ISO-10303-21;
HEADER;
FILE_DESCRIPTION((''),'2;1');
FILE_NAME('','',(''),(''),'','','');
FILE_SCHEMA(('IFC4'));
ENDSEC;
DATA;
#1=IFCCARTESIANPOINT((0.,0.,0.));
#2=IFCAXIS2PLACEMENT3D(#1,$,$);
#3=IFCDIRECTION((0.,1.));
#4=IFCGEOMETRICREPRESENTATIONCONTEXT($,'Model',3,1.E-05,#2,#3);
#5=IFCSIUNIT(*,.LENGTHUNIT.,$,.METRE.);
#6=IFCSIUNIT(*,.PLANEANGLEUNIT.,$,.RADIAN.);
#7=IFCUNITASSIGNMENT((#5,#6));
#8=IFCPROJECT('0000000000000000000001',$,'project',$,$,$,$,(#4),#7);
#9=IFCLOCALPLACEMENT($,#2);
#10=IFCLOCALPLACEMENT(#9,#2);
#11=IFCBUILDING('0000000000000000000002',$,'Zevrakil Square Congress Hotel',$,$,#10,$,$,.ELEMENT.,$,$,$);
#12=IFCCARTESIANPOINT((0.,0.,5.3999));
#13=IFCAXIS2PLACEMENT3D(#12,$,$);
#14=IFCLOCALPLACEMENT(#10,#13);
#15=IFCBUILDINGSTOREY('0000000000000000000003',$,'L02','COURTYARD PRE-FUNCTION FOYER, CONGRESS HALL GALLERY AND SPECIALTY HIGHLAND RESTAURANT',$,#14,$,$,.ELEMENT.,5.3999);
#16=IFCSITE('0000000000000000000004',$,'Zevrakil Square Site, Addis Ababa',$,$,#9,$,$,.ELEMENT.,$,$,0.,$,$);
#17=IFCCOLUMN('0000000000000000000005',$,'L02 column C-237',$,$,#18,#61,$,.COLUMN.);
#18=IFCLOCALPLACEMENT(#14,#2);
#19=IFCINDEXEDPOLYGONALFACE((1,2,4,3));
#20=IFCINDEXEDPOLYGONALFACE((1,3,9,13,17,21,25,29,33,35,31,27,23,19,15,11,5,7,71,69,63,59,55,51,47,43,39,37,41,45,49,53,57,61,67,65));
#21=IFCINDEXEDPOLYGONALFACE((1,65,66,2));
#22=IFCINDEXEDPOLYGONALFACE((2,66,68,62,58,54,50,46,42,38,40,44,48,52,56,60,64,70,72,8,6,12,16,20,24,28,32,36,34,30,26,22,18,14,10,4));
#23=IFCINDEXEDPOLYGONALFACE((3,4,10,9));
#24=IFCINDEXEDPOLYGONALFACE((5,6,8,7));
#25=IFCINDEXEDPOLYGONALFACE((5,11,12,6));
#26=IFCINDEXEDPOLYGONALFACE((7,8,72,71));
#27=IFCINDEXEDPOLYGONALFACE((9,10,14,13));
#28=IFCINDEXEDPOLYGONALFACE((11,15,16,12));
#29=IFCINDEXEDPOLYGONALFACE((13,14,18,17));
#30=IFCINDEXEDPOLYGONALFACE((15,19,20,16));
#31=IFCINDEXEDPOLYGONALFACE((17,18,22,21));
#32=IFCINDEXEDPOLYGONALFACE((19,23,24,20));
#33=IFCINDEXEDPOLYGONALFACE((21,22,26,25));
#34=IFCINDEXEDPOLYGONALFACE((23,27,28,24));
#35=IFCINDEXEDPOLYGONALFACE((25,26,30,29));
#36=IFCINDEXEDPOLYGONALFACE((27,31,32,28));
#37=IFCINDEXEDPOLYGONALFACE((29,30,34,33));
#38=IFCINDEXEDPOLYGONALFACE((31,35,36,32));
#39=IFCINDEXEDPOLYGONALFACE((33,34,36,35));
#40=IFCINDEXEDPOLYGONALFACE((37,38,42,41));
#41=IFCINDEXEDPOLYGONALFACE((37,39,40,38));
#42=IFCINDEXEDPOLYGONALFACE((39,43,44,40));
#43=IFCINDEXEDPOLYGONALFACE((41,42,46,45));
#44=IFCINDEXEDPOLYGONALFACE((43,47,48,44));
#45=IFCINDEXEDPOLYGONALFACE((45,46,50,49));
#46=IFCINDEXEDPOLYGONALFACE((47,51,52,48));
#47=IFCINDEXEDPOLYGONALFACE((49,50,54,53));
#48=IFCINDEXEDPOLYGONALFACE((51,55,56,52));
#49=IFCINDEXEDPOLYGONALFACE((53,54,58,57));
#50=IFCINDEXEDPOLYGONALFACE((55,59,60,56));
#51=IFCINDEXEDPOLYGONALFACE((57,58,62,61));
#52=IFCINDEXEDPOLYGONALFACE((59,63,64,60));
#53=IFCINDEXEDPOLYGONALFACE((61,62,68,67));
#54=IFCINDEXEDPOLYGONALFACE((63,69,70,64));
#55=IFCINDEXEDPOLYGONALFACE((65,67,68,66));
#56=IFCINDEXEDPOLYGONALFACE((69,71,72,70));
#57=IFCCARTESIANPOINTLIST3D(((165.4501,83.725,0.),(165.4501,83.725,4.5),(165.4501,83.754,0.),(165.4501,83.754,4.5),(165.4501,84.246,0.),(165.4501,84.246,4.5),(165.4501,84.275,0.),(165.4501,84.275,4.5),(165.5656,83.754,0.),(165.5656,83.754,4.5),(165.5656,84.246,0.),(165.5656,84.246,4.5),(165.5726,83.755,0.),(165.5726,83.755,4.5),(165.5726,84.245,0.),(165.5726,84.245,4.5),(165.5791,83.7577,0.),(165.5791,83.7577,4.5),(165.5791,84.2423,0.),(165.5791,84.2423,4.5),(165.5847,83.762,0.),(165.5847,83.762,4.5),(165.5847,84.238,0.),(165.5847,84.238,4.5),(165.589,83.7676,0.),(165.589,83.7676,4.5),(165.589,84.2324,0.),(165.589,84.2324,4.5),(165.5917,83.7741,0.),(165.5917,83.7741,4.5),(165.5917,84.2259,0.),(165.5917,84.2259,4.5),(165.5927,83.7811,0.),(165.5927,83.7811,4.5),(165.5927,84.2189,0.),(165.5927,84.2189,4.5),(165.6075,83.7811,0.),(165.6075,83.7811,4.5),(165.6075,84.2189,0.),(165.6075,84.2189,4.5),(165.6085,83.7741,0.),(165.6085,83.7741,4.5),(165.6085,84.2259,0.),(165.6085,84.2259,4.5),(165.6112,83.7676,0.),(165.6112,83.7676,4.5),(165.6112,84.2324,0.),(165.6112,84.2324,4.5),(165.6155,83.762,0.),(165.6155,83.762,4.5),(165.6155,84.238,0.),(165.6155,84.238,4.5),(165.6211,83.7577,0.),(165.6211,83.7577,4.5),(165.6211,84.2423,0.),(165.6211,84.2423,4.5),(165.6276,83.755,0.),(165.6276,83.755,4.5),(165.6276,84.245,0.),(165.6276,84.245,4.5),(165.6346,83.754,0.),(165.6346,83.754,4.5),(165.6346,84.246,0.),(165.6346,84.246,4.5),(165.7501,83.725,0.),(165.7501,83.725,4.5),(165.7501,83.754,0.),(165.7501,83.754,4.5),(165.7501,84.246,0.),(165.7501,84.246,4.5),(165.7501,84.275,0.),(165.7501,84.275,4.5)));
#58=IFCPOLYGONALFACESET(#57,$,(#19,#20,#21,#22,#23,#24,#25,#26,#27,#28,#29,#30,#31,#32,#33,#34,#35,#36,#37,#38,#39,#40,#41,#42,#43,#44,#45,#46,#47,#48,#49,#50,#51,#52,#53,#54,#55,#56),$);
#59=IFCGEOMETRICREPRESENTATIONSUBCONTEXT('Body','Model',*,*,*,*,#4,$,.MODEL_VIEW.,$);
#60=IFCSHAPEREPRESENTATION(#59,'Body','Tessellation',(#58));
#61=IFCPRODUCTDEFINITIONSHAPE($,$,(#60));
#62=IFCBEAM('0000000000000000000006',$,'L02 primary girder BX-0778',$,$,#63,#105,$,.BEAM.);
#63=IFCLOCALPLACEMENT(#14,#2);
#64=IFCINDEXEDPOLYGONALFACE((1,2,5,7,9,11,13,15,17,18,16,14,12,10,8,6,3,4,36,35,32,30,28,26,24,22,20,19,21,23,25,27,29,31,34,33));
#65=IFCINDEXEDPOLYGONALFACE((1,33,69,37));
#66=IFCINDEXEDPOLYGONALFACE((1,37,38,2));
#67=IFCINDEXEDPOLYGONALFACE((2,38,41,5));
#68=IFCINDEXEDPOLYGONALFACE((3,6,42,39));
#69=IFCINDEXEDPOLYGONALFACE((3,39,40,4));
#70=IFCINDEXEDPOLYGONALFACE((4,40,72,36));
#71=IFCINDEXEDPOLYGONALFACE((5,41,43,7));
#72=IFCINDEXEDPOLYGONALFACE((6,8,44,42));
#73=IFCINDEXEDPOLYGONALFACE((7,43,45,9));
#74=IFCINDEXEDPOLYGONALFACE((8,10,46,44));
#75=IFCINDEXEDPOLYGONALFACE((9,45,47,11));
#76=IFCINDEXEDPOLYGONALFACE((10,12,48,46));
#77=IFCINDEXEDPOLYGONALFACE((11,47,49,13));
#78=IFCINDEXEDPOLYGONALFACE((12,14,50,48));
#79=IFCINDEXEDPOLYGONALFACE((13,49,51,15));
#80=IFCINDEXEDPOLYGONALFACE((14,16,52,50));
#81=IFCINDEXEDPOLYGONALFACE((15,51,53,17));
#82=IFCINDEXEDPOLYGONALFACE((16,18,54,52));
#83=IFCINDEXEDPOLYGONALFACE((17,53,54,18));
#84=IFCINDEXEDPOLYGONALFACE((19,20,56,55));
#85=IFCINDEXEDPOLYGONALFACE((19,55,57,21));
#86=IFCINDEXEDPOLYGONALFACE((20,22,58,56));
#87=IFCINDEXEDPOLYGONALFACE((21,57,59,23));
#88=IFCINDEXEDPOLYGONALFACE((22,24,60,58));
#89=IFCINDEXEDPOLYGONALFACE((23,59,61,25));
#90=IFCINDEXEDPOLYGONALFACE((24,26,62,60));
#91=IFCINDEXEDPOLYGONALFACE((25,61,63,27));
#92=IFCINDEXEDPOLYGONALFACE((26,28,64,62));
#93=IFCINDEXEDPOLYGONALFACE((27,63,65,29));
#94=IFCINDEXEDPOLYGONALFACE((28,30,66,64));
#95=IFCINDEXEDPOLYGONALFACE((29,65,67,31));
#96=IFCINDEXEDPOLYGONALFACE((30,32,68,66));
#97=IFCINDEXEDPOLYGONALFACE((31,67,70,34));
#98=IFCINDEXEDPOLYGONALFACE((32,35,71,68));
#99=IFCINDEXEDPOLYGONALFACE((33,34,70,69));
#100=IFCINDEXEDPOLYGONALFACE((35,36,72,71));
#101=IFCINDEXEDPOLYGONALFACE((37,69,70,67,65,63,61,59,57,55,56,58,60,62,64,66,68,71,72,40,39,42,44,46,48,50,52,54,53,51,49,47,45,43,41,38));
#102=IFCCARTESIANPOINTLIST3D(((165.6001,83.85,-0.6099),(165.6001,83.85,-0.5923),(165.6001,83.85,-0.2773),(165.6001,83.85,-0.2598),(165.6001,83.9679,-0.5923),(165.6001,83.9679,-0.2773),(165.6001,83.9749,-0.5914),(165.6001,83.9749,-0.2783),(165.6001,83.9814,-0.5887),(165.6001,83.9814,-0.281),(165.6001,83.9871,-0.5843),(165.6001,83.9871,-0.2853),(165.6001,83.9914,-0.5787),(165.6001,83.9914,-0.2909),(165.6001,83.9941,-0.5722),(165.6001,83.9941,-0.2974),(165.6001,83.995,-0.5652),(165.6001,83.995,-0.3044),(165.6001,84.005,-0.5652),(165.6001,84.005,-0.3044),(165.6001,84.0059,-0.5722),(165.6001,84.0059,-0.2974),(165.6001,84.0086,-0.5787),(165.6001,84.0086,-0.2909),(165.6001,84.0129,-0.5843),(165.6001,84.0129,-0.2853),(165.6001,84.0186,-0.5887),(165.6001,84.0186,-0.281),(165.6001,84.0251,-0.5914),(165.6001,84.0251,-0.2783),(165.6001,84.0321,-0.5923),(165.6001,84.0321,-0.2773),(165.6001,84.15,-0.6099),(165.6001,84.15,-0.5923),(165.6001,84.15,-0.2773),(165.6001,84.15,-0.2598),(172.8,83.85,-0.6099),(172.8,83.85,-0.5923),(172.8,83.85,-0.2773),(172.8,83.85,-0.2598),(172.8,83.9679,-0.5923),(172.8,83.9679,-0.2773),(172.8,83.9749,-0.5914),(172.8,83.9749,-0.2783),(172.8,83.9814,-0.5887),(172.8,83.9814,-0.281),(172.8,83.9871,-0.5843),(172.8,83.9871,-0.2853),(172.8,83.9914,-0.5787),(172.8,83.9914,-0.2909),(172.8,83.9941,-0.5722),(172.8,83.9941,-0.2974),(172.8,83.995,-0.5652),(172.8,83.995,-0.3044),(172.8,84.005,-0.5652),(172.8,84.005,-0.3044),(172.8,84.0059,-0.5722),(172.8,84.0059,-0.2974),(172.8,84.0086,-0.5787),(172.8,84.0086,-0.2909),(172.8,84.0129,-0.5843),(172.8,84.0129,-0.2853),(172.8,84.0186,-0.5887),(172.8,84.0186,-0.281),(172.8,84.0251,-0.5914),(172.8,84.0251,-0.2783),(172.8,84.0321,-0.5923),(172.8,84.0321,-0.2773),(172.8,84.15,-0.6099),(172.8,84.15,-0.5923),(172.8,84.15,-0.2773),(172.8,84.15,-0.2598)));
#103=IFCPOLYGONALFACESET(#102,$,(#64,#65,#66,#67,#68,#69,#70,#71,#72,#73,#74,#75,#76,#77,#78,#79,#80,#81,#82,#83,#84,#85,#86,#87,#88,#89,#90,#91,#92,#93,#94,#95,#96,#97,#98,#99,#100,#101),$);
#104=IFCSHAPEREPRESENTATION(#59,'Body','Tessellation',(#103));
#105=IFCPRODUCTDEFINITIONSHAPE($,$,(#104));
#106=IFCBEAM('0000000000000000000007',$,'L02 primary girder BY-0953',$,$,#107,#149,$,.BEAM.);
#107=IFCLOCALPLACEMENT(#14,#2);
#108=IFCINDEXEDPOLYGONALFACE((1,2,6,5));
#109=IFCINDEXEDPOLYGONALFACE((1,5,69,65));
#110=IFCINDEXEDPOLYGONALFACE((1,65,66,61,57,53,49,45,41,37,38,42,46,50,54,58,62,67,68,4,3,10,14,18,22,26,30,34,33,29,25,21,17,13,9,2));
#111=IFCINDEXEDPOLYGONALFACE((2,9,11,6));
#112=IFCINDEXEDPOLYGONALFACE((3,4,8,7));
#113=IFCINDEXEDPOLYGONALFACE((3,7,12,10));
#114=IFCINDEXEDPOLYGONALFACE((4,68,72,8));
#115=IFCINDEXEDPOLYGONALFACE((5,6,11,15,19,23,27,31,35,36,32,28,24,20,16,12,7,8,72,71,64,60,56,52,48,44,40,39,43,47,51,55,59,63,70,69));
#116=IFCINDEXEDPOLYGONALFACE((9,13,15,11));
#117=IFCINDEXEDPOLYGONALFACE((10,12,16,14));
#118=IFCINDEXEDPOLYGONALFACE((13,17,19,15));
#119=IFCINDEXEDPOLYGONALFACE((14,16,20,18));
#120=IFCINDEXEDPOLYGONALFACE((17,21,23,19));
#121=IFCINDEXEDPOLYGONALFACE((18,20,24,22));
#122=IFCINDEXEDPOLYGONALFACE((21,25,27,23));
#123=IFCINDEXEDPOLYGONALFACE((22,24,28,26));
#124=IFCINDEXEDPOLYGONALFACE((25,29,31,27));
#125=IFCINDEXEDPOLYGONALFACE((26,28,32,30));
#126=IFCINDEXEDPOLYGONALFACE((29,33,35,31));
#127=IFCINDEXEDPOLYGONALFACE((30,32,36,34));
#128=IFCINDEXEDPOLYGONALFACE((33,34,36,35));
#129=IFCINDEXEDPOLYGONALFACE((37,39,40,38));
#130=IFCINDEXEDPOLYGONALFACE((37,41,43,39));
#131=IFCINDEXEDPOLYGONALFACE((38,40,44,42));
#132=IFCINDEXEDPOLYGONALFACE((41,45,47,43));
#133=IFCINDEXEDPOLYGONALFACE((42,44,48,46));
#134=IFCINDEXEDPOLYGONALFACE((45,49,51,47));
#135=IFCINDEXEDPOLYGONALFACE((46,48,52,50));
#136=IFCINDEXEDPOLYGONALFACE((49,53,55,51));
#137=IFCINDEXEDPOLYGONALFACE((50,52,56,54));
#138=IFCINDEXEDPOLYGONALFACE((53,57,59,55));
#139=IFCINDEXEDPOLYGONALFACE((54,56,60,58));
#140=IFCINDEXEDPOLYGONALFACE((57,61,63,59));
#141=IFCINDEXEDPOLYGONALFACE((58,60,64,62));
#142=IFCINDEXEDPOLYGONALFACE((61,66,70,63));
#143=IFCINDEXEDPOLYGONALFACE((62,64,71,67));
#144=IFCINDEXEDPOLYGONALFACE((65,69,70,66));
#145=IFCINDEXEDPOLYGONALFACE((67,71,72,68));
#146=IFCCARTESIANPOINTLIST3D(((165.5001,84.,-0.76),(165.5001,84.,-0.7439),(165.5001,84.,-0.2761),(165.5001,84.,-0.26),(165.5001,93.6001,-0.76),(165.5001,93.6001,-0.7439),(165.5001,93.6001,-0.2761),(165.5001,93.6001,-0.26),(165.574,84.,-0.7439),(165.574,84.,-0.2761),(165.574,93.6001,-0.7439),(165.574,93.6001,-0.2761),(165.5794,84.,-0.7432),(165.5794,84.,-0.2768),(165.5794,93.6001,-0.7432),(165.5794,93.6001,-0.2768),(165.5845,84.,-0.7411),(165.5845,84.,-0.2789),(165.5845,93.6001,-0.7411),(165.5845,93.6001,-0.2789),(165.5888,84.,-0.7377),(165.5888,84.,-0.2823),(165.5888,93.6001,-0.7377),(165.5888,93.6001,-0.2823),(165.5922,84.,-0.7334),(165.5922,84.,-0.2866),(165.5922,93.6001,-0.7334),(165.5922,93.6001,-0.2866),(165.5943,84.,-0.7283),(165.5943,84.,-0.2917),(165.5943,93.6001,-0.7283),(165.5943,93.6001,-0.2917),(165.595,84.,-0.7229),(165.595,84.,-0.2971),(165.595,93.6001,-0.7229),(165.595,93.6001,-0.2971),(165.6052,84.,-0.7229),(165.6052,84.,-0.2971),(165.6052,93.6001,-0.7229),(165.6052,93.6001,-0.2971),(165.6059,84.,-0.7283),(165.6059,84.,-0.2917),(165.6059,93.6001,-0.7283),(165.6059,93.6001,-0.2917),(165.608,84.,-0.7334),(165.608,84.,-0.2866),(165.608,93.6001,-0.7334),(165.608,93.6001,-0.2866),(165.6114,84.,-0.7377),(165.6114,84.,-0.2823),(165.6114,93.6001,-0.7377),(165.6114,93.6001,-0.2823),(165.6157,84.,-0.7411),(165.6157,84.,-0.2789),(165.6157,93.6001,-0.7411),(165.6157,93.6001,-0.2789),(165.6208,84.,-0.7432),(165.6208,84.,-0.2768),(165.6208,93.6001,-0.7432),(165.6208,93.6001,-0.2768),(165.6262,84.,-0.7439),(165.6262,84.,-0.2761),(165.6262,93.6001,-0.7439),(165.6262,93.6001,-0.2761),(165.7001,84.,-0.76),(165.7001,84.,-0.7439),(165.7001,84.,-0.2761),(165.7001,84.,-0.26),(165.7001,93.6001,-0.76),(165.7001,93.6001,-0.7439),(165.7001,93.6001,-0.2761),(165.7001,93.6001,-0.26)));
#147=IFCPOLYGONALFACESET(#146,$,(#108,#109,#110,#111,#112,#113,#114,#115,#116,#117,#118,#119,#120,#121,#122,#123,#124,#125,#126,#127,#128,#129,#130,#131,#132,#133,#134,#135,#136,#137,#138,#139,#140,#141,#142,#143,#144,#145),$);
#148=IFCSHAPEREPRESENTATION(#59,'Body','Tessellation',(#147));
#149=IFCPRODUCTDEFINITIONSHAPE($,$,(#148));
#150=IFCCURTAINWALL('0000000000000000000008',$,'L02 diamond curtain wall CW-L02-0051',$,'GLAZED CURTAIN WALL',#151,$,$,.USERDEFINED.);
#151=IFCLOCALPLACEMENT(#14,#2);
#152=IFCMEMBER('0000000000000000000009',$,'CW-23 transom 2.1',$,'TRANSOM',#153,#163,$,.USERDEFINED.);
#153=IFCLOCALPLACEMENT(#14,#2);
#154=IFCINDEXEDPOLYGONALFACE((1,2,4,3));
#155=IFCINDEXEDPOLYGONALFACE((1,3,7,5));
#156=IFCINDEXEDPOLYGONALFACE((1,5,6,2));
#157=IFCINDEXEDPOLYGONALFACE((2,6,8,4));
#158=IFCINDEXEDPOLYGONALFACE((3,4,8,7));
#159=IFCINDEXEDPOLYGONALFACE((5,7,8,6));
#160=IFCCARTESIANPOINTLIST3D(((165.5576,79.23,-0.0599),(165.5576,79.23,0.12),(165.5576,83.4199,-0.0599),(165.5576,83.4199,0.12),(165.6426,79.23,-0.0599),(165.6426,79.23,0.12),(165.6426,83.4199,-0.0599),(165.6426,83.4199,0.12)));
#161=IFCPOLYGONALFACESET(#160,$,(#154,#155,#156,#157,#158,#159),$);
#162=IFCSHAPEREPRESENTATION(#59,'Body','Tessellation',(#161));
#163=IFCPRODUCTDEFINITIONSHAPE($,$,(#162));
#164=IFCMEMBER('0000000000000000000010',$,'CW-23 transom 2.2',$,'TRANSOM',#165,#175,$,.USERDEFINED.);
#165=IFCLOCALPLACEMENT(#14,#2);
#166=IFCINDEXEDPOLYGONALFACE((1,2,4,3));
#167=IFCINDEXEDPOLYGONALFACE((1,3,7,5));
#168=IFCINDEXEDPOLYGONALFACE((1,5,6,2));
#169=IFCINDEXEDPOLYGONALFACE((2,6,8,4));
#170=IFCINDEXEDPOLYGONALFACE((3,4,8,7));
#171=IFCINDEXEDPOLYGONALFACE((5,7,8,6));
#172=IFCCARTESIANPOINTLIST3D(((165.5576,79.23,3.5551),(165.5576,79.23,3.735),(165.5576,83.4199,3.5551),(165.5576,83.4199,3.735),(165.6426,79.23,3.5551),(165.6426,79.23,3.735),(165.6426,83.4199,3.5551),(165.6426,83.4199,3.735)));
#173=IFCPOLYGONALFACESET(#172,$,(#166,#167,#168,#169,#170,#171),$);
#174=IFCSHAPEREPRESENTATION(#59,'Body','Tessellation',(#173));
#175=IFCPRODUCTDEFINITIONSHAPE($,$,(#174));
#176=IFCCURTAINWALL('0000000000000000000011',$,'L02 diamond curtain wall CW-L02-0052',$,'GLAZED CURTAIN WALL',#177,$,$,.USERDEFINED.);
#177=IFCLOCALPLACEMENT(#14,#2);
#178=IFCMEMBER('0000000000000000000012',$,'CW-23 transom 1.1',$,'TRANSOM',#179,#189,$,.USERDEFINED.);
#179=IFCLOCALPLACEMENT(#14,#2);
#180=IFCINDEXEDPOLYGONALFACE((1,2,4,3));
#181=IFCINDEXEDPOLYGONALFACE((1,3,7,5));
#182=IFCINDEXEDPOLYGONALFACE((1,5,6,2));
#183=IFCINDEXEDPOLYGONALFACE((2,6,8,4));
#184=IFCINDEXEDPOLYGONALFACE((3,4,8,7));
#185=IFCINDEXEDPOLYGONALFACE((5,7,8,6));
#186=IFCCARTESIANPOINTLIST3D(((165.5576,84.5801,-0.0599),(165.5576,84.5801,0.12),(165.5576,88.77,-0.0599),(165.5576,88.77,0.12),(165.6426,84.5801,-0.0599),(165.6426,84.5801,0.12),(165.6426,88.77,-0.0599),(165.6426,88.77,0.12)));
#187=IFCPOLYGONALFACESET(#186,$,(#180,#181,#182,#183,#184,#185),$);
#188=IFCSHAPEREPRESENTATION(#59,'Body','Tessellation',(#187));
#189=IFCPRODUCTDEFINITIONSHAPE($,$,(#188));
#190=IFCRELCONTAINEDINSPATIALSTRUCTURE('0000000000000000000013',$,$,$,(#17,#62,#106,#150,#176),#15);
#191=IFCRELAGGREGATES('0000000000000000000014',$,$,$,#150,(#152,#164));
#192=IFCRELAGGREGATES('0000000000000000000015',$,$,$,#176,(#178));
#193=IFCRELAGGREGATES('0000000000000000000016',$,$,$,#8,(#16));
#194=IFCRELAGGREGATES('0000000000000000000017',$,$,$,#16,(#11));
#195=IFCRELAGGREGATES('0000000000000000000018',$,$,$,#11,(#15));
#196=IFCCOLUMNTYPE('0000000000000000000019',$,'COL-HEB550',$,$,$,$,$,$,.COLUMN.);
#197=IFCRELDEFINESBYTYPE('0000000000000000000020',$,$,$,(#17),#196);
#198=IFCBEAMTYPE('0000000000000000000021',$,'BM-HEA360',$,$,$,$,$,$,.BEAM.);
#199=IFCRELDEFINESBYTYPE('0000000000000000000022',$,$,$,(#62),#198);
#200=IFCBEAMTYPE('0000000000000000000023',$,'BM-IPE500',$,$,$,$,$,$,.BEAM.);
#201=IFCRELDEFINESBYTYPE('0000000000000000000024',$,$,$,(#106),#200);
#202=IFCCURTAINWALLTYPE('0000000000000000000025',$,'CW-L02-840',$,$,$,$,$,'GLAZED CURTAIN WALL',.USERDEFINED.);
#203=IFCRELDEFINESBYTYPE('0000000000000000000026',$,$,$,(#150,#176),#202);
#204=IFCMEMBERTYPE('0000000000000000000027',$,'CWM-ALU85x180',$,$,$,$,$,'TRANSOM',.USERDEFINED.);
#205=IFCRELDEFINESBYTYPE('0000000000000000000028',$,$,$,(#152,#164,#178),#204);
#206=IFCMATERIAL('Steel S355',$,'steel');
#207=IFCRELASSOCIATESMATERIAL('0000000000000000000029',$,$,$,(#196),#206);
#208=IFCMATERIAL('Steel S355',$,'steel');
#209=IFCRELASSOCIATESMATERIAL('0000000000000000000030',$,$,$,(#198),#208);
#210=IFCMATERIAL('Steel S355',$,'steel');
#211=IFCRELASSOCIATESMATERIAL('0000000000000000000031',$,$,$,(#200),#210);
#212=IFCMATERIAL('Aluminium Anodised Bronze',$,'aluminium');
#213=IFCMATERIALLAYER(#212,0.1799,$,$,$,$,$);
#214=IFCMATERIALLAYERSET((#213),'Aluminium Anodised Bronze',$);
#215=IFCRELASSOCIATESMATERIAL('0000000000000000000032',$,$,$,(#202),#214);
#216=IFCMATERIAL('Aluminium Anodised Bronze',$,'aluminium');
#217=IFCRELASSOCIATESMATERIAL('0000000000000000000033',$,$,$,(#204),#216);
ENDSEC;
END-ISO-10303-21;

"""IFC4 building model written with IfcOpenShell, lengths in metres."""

from ifc_helpers import new_model, si_unit, direction, frame, origin, origin_2d, place, context, subcontext, project, spatial, rectangle, i_section, extrude, material, layer, layer_set, material_profile, profile_set, type_object, element, aggregate, save


model = new_model("IFC4")

# Units and contexts
model_context = context("Model", 3, precision=1e-05, world=origin(), true_north=direction((0.0, 1.0)))
body_context = subcontext(model_context, "Body", "Model", "MODEL_VIEW")
ifc_project = project(units=[si_unit("LENGTHUNIT", "METRE"), si_unit("PLANEANGLEUNIT", "RADIAN")], contexts=[model_context])

# Site, building, storey
site_placement = place(None, origin())
site = spatial("IfcSite", under=ifc_project, at=site_placement, Name="Zevrakil Square Site, Addis Ababa", CompositionType="ELEMENT", RefElevation=0.0)
building_placement = place(site_placement, origin())
building = spatial("IfcBuilding", under=site, at=building_placement, Name="Zevrakil Square Congress Hotel", CompositionType="ELEMENT")
storey_placement = place(building_placement, frame((0.0, 0.0, 5.3999)))
storey = spatial("IfcBuildingStorey", under=building, at=storey_placement, Name="L02", Description="COURTYARD PRE-FUNCTION FOYER, CONGRESS HALL GALLERY AND SPECIALTY HIGHLAND RESTAURANT", CompositionType="ELEMENT", Elevation=5.3999)

# Column
ifc_material_1 = material(Name="Steel S355", Category="steel")
ifc_material_profile_1 = material_profile(ifc_material_1, i_section(OverallWidth=0.3, OverallDepth=0.55, WebThickness=0.0149, FlangeThickness=0.0291, FilletRadius=0.0271, at=origin_2d()), Name="HEB 550")
ifc_profile_set_1 = profile_set([ifc_material_profile_1], Name="Steel S355")
column_type = type_object("IfcColumnType", Name="COL-HEB550", PredefinedType="COLUMN", material=ifc_profile_set_1)
column_placement = place(storey_placement, frame((165.6001, 84.0, 0.0), z_axis=(0.0, 0.0, 1.0), x_axis=(1.0, 0.0, 0.0)))
element("IfcColumn", 1, at=column_placement, inside=storey, type_object=column_type, Name="L02 column C-237", PredefinedType="COLUMN", context=body_context, shape_type="SweptSolid", body=[
    extrude(i_section(OverallWidth=0.3, OverallDepth=0.55, WebThickness=0.0149, FlangeThickness=0.0291, FilletRadius=0.0271, at=origin_2d()), origin(), (0.0, 0.0, 1.0), 4.5),
])

# Beams
ifc_material_2 = material(Name="Steel S355", Category="steel")
ifc_material_profile_2 = material_profile(ifc_material_2, i_section(OverallWidth=0.3, OverallDepth=0.3501, WebThickness=0.01, FlangeThickness=0.0176, FilletRadius=0.0271, at=origin_2d()), Name="HEA 360")
ifc_profile_set_2 = profile_set([ifc_material_profile_2], Name="Steel S355")
beam_type_1 = type_object("IfcBeamType", Name="BM-HEA360", PredefinedType="BEAM", material=ifc_profile_set_2)
beam_1_placement = place(storey_placement, frame((165.6001, 84.0, -0.4348), z_axis=(1.0, 0.0, 0.0), x_axis=(0.0, 1.0, 0.0)))
element("IfcBeam", 2, at=beam_1_placement, inside=storey, type_object=beam_type_1, Name="L02 primary girder BX-0778", PredefinedType="BEAM", context=body_context, shape_type="SweptSolid", body=[
    extrude(i_section(OverallWidth=0.3, OverallDepth=0.3501, WebThickness=0.01, FlangeThickness=0.0176, FilletRadius=0.0271, at=origin_2d()), origin(), (0.0, 0.0, 1.0), 7.2),
])
ifc_material_3 = material(Name="Steel S355", Category="steel")
ifc_material_profile_3 = material_profile(ifc_material_3, i_section(OverallWidth=0.2, OverallDepth=0.5, WebThickness=0.0103, FlangeThickness=0.0161, FilletRadius=0.021, at=origin_2d()), Name="IPE 500")
ifc_profile_set_3 = profile_set([ifc_material_profile_3], Name="Steel S355")
beam_type_2 = type_object("IfcBeamType", Name="BM-IPE500", PredefinedType="BEAM", material=ifc_profile_set_3)
beam_2_placement = place(storey_placement, frame((165.6001, 84.0, -0.51), z_axis=(0.0, 1.0, 0.0), x_axis=(-1.0, 0.0, 0.0)))
element("IfcBeam", 3, at=beam_2_placement, inside=storey, type_object=beam_type_2, Name="L02 primary girder BY-0953", PredefinedType="BEAM", context=body_context, shape_type="SweptSolid", body=[
    extrude(i_section(OverallWidth=0.2, OverallDepth=0.5, WebThickness=0.0103, FlangeThickness=0.0161, FilletRadius=0.021, at=origin_2d()), origin(), (0.0, 0.0, 1.0), 9.6001),
])

# Curtain walls, members
ifc_material_4 = material(Name="Aluminium Anodised Bronze", Category="aluminium")
ifc_layer_1 = layer(ifc_material_4, 0.1799)
ifc_layer_set_1 = layer_set([ifc_layer_1], Name="Aluminium Anodised Bronze")
curtain_wall_type = type_object("IfcCurtainWallType", Name="CW-L02-840", ElementType="GLAZED CURTAIN WALL", PredefinedType="USERDEFINED", material=ifc_layer_set_1)
curtain_wall_1_placement = place(storey_placement, origin())
curtain_wall_1 = element("IfcCurtainWall", 4, at=curtain_wall_1_placement, inside=storey, type_object=curtain_wall_type, Name="L02 diamond curtain wall CW-L02-0051", ObjectType="GLAZED CURTAIN WALL", PredefinedType="USERDEFINED")
ifc_material_5 = material(Name="Aluminium Anodised Bronze", Category="aluminium")
ifc_material_profile_4 = material_profile(ifc_material_5, rectangle(XDim=0.085, YDim=0.1799, at=origin_2d()), Name="ALU 85x180")
ifc_profile_set_4 = profile_set([ifc_material_profile_4], Name="Aluminium Anodised Bronze")
member_type_1 = type_object("IfcMemberType", Name="CWM-ALU85x180", ElementType="TRANSOM", PredefinedType="USERDEFINED", material=ifc_profile_set_4)
member_1_placement = place(storey_placement, frame((165.6001, 79.23, 0.03), z_axis=(0.0, 1.0, 0.0), x_axis=(-1.0, 0.0, 0.0)))
member_1 = element("IfcMember", 5, at=member_1_placement, type_object=member_type_1, Name="CW-23 transom 2.1", ObjectType="TRANSOM", PredefinedType="USERDEFINED", context=body_context, shape_type="SweptSolid", body=[
    extrude(rectangle(XDim=0.085, YDim=0.1799, at=origin_2d()), origin(), (0.0, 0.0, 1.0), 4.1899),
])
member_2_placement = place(storey_placement, frame((165.6001, 79.23, 3.645), z_axis=(0.0, 1.0, 0.0), x_axis=(-1.0, 0.0, 0.0)))
member_2 = element("IfcMember", 6, at=member_2_placement, type_object=member_type_1, Name="CW-23 transom 2.2", ObjectType="TRANSOM", PredefinedType="USERDEFINED", context=body_context, shape_type="SweptSolid", body=[
    extrude(rectangle(XDim=0.085, YDim=0.1799, at=origin_2d()), origin(), (0.0, 0.0, 1.0), 4.1899),
])
curtain_wall_2_placement = place(storey_placement, origin())
curtain_wall_2 = element("IfcCurtainWall", 7, at=curtain_wall_2_placement, inside=storey, type_object=curtain_wall_type, Name="L02 diamond curtain wall CW-L02-0052", ObjectType="GLAZED CURTAIN WALL", PredefinedType="USERDEFINED")
member_3_placement = place(storey_placement, frame((165.6001, 84.5801, 0.03), z_axis=(0.0, 1.0, 0.0), x_axis=(-1.0, 0.0, 0.0)))
member_3 = element("IfcMember", 8, at=member_3_placement, type_object=member_type_1, Name="CW-23 transom 1.1", ObjectType="TRANSOM", PredefinedType="USERDEFINED", context=body_context, shape_type="SweptSolid", body=[
    extrude(rectangle(XDim=0.085, YDim=0.1799, at=origin_2d()), origin(), (0.0, 0.0, 1.0), 4.1899),
])

aggregate(curtain_wall_1, [member_1, member_2])
aggregate(curtain_wall_2, [member_3])

save(model, "model.ifc")
